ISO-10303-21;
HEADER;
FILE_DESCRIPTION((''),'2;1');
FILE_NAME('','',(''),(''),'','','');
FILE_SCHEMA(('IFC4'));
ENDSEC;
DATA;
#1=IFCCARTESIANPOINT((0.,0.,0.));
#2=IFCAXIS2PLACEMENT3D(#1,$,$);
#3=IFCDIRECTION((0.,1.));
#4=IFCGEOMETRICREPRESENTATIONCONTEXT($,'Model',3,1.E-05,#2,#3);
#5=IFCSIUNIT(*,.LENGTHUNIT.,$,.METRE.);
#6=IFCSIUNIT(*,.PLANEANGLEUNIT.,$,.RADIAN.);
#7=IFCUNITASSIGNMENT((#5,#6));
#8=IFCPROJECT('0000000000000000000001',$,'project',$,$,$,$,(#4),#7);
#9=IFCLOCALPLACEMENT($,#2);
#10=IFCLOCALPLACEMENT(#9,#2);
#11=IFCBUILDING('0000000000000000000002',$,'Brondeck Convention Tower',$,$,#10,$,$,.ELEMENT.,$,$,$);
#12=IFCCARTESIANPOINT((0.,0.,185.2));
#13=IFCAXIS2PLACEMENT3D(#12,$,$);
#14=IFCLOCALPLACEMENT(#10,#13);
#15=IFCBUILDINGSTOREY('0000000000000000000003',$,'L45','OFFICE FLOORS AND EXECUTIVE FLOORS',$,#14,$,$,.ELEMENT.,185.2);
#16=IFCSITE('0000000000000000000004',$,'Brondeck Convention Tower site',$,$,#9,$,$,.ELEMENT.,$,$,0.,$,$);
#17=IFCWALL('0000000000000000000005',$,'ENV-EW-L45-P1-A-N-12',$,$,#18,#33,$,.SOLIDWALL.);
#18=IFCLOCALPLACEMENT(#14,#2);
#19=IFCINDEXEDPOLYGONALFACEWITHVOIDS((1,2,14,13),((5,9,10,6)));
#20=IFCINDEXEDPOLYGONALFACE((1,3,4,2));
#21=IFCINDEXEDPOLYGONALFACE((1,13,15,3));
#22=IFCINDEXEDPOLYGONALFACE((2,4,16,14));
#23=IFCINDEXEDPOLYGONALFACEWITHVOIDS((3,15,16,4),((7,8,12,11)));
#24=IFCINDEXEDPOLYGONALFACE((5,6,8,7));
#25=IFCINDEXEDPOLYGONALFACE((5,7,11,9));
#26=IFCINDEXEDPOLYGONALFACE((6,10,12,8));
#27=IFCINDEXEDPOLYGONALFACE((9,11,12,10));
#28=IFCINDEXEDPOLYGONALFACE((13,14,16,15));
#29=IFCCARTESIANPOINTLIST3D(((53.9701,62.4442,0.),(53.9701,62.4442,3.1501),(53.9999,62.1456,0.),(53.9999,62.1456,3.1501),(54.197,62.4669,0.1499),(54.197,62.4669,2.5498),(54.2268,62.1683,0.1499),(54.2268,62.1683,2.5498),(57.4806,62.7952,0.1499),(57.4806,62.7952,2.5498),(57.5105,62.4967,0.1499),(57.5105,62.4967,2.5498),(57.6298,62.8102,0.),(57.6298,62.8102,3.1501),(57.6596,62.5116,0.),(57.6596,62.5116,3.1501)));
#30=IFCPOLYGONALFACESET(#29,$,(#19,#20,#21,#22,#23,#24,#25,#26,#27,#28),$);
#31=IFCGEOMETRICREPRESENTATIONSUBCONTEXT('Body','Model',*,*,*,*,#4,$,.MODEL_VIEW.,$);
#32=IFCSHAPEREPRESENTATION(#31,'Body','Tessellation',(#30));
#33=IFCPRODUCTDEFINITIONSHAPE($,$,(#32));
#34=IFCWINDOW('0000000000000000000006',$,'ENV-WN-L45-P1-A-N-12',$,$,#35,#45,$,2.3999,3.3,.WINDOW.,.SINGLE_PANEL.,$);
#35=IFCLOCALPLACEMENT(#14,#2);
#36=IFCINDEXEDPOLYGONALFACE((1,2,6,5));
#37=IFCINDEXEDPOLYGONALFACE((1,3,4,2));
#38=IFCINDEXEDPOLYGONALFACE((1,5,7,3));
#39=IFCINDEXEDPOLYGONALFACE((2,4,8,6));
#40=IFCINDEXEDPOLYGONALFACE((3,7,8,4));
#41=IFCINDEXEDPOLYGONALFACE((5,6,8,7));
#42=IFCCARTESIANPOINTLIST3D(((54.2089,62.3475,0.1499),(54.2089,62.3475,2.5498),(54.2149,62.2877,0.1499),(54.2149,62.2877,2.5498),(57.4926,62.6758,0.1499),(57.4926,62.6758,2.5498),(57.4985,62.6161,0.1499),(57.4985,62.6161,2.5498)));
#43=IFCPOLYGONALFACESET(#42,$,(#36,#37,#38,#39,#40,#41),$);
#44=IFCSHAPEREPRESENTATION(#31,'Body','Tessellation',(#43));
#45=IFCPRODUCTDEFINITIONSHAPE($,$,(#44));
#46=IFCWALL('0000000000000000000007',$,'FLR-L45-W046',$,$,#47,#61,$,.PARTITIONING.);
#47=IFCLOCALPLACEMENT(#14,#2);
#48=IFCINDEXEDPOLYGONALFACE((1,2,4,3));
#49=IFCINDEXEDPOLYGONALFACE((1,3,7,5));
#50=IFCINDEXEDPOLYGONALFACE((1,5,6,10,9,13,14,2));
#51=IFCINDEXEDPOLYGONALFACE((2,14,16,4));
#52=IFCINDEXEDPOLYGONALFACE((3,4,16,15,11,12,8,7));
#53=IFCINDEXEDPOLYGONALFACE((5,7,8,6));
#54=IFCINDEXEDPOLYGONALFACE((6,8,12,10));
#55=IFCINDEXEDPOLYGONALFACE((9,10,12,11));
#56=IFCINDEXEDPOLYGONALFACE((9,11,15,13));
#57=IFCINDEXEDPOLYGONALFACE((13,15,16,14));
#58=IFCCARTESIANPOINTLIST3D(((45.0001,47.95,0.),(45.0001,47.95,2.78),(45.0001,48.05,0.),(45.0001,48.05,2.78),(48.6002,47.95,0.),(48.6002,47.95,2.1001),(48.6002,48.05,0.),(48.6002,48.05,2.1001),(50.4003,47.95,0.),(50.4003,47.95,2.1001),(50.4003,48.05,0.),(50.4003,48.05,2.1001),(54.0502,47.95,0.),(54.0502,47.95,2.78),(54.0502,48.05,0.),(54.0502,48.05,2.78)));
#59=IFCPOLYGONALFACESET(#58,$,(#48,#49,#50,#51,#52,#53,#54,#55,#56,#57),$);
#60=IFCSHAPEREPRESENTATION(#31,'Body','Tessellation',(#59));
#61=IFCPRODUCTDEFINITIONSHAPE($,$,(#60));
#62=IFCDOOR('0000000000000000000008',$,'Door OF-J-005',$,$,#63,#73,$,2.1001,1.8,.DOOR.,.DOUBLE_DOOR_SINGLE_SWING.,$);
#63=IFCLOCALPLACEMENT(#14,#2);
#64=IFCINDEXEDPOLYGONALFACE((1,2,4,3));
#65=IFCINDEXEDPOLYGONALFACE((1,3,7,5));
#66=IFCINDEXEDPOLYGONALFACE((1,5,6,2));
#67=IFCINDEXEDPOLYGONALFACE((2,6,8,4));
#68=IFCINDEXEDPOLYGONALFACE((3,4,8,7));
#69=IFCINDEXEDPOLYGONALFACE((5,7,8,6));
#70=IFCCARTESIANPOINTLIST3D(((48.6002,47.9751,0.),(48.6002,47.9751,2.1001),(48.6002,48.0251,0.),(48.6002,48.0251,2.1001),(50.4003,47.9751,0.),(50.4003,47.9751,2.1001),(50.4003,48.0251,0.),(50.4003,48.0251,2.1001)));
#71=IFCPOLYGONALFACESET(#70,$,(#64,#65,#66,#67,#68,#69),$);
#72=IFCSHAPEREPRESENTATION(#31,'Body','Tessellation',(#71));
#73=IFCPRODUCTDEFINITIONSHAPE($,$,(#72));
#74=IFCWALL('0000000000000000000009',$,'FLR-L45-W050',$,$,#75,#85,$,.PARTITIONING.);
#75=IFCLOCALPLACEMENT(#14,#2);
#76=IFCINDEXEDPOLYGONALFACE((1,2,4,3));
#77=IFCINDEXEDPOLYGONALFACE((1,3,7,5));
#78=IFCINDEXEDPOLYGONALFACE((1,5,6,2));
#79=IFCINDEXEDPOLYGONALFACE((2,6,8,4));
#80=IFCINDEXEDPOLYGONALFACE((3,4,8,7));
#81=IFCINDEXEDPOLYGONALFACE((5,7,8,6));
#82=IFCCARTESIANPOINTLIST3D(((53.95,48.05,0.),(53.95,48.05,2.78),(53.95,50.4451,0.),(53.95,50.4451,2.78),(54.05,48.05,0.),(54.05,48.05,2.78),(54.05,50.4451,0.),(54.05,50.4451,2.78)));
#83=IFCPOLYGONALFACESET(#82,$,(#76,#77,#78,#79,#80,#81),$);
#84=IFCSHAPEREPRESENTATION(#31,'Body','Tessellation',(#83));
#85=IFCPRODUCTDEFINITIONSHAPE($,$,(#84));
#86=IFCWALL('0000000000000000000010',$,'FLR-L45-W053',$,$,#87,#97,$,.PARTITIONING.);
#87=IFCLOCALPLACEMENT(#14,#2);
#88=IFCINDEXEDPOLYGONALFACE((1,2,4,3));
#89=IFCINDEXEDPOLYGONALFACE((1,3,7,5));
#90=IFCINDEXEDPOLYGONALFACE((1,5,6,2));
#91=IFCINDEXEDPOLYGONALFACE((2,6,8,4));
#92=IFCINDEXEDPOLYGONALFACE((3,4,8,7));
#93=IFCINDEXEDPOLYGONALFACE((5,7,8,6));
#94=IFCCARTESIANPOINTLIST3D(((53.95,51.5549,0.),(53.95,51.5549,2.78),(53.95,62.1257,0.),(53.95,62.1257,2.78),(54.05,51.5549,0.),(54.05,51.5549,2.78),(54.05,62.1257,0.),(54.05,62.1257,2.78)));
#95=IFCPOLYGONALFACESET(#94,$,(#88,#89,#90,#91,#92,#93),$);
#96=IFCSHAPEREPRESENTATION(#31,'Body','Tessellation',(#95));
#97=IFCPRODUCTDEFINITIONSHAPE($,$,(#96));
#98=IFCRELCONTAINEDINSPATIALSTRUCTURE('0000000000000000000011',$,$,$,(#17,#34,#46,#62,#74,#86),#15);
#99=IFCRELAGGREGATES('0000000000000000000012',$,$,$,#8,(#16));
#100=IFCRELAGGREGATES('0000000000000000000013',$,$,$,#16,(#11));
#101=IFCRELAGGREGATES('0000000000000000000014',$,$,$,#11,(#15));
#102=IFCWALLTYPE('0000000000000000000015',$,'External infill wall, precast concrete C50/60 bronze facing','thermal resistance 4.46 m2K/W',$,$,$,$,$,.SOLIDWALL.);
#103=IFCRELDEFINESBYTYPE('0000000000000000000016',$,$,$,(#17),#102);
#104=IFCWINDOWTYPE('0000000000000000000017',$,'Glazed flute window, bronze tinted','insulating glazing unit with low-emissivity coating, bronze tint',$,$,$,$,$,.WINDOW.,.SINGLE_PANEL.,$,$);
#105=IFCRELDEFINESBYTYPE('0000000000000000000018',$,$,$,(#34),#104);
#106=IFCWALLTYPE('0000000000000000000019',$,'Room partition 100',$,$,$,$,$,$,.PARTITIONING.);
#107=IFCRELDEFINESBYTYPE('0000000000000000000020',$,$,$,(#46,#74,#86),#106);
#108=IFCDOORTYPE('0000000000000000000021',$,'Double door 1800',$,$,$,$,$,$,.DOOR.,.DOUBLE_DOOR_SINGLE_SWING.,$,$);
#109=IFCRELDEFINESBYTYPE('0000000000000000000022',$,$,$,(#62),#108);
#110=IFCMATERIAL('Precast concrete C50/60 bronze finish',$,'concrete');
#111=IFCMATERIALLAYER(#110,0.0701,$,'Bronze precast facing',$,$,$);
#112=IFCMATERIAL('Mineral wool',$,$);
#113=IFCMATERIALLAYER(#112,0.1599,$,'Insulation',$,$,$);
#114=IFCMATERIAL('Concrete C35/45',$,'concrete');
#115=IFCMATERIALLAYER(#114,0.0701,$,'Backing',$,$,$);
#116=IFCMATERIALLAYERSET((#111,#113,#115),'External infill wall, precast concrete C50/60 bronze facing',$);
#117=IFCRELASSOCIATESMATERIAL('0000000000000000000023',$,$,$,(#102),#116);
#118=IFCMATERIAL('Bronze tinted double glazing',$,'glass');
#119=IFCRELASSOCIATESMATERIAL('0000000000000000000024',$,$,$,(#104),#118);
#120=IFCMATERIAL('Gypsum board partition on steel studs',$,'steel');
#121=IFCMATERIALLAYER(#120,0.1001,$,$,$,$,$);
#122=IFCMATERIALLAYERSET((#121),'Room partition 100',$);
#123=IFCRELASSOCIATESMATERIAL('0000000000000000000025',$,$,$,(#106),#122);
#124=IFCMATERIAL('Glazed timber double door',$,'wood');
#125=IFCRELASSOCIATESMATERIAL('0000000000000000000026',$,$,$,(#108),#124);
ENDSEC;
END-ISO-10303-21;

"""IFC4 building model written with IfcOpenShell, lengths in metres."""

from ifc_helpers import new_model, si_unit, direction, frame, frame_2d, origin, place, context, subcontext, project, spatial, rectangle, extrude, material, layer, layer_set, type_object, element, fill, save


model = new_model("IFC4")

# Units and contexts
model_context = context("Model", 3, precision=1e-05, world=origin(), true_north=direction((0.0, 1.0)))
body_context = subcontext(model_context, "Body", "Model", "MODEL_VIEW")
ifc_project = project(units=[si_unit("LENGTHUNIT", "METRE"), si_unit("PLANEANGLEUNIT", "RADIAN")], contexts=[model_context])

# Site, building, storey
site_placement = place(None, origin())
site = spatial("IfcSite", under=ifc_project, at=site_placement, Name="Brondeck Convention Tower site", CompositionType="ELEMENT", RefElevation=0.0)
building_placement = place(site_placement, origin())
building = spatial("IfcBuilding", under=site, at=building_placement, Name="Brondeck Convention Tower", CompositionType="ELEMENT")
storey_placement = place(building_placement, frame((0.0, 0.0, 185.2)))
storey = spatial("IfcBuildingStorey", under=building, at=storey_placement, Name="L45", Description="OFFICE FLOORS AND EXECUTIVE FLOORS", CompositionType="ELEMENT", Elevation=185.2)

# Shared definitions
ifc_material_1 = material(Name="Precast concrete C50/60 bronze finish", Category="concrete")
ifc_layer_1 = layer(ifc_material_1, 0.0701, Name="Bronze precast facing")
ifc_material_2 = material(Name="Mineral wool")
ifc_layer_2 = layer(ifc_material_2, 0.1599, Name="Insulation")
ifc_material_3 = material(Name="Concrete C35/45", Category="concrete")
ifc_layer_3 = layer(ifc_material_3, 0.0701, Name="Backing")
ifc_layer_set_1 = layer_set([ifc_layer_1, ifc_layer_2, ifc_layer_3], Name="External infill wall, precast concrete C50/60 bronze facing")
wall_type_1 = type_object("IfcWallType", Name="External infill wall, precast concrete C50/60 bronze facing", Description="thermal resistance 4.46 m2K/W", PredefinedType="SOLIDWALL", material=ifc_layer_set_1)
ifc_material_4 = material(Name="Bronze tinted double glazing", Category="glass")
window_type_1 = type_object("IfcWindowType", Name="Glazed flute window, bronze tinted", Description="insulating glazing unit with low-emissivity coating, bronze tint", PartitioningType="SINGLE_PANEL", PredefinedType="WINDOW", material=ifc_material_4)

# Wall, opening, window
wall_1_placement = place(storey_placement, frame((53.9851, 62.2949, 0.0), z_axis=(0.0, 0.0, 1.0), x_axis=(0.995037, 0.099504, 0.0)))
wall_1 = element("IfcWall", 1, at=wall_1_placement, inside=storey, type_object=wall_type_1, Name="ENV-EW-L45-P1-A-N-12", PredefinedType="SOLIDWALL", context=body_context, shape_type="SweptSolid", body=[
    extrude(rectangle(XDim=3.678, YDim=0.3, at=frame_2d((1.8389, 0.0))), origin(), (0.0, 0.0, 1.0), 3.1501),
])
opening_1_placement = place(wall_1_placement, frame((0.228, 0.0, 0.1499)))
opening_1 = element("IfcOpeningElement", 2, at=opening_1_placement, cuts=wall_1, PredefinedType="OPENING", context=body_context, shape_type="SweptSolid", body=[
    extrude(rectangle(XDim=3.3, YDim=2.3999, at=frame_2d((1.6499, 1.2))), frame((0.0, 0.1599, 0.0), z_axis=(0.0, -1.0, 0.0), x_axis=(1.0, 0.0, 0.0)), (0.0, 0.0, 1.0), 0.3201),
])
window_1_placement = place(opening_1_placement, origin())
window_1 = element("IfcWindow", 3, at=window_1_placement, inside=storey, type_object=window_type_1, Name="ENV-WN-L45-P1-A-N-12", OverallHeight=2.3999, OverallWidth=3.3, PartitioningType="SINGLE_PANEL", PredefinedType="WINDOW", context=body_context, shape_type="SweptSolid", body=[
    extrude(rectangle(XDim=3.3, YDim=2.3999, at=frame_2d((1.6499, 1.2))), frame((0.0, 0.03, 0.0), z_axis=(0.0, -1.0, 0.0), x_axis=(1.0, 0.0, 0.0)), (0.0, 0.0, 1.0), 0.0601),
])
fill(opening_1, window_1)

# Wall, opening, door
ifc_material_5 = material(Name="Gypsum board partition on steel studs", Category="steel")
ifc_layer_4 = layer(ifc_material_5, 0.1001)
ifc_layer_set_2 = layer_set([ifc_layer_4], Name="Room partition 100")
wall_type_2 = type_object("IfcWallType", Name="Room partition 100", PredefinedType="PARTITIONING", material=ifc_layer_set_2)
wall_2_placement = place(storey_placement, frame((54.05, 48.0, 0.0), z_axis=(0.0, 0.0, 1.0), x_axis=(-1.0, 0.0, 0.0)))
wall_2 = element("IfcWall", 4, at=wall_2_placement, inside=storey, type_object=wall_type_2, Name="FLR-L45-W046", PredefinedType="PARTITIONING", context=body_context, shape_type="SweptSolid", body=[
    extrude(rectangle(XDim=9.05, YDim=0.1001, at=frame_2d((4.5249, 0.0))), origin(), (0.0, 0.0, 1.0), 2.78),
])
opening_2_placement = place(wall_2_placement, frame((3.6499, 0.0, 0.0)))
opening_2 = element("IfcOpeningElement", 5, at=opening_2_placement, cuts=wall_2, PredefinedType="OPENING", context=body_context, shape_type="SweptSolid", body=[
    extrude(rectangle(XDim=1.8, YDim=2.1001, at=frame_2d((0.8999, 1.05))), frame((0.0, 0.0601, 0.0), z_axis=(0.0, -1.0, 0.0), x_axis=(1.0, 0.0, 0.0)), (0.0, 0.0, 1.0), 0.1201),
])
ifc_material_6 = material(Name="Glazed timber double door", Category="wood")
door_type = type_object("IfcDoorType", Name="Double door 1800", OperationType="DOUBLE_DOOR_SINGLE_SWING", PredefinedType="DOOR", material=ifc_material_6)
door_placement = place(opening_2_placement, origin())
door = element("IfcDoor", 6, at=door_placement, inside=storey, type_object=door_type, Name="Door OF-J-005", OperationType="DOUBLE_DOOR_SINGLE_SWING", OverallHeight=2.1001, OverallWidth=1.8, PredefinedType="DOOR", context=body_context, shape_type="SweptSolid", body=[
    extrude(rectangle(XDim=1.8, YDim=2.1001, at=frame_2d((0.8999, 1.05))), frame((0.0, 0.0249, 0.0), z_axis=(0.0, -1.0, 0.0), x_axis=(1.0, 0.0, 0.0)), (0.0, 0.0, 1.0), 0.05),
])
fill(opening_2, door)

# Walls
wall_3_placement = place(storey_placement, frame((54.0, 50.4451, 0.0), z_axis=(0.0, 0.0, 1.0), x_axis=(0.0, -1.0, 0.0)))
element("IfcWall", 7, at=wall_3_placement, inside=storey, type_object=wall_type_2, Name="FLR-L45-W050", PredefinedType="PARTITIONING", context=body_context, shape_type="SweptSolid", body=[
    extrude(rectangle(XDim=2.395, YDim=0.1001, at=frame_2d((1.1975, 0.0))), origin(), (0.0, 0.0, 1.0), 2.78),
])
wall_4_placement = place(storey_placement, frame((54.0, 51.5549, 0.0), z_axis=(0.0, 0.0, 1.0), x_axis=(0.0, 1.0, 0.0)))
element("IfcWall", 8, at=wall_4_placement, inside=storey, type_object=wall_type_2, Name="FLR-L45-W053", PredefinedType="PARTITIONING", context=body_context, shape_type="SweptSolid", body=[
    extrude(rectangle(XDim=10.5708, YDim=0.1001, at=frame_2d((5.2854, 0.0))), origin(), (0.0, 0.0, 1.0), 2.78),
])

save(model, "model.ifc")
